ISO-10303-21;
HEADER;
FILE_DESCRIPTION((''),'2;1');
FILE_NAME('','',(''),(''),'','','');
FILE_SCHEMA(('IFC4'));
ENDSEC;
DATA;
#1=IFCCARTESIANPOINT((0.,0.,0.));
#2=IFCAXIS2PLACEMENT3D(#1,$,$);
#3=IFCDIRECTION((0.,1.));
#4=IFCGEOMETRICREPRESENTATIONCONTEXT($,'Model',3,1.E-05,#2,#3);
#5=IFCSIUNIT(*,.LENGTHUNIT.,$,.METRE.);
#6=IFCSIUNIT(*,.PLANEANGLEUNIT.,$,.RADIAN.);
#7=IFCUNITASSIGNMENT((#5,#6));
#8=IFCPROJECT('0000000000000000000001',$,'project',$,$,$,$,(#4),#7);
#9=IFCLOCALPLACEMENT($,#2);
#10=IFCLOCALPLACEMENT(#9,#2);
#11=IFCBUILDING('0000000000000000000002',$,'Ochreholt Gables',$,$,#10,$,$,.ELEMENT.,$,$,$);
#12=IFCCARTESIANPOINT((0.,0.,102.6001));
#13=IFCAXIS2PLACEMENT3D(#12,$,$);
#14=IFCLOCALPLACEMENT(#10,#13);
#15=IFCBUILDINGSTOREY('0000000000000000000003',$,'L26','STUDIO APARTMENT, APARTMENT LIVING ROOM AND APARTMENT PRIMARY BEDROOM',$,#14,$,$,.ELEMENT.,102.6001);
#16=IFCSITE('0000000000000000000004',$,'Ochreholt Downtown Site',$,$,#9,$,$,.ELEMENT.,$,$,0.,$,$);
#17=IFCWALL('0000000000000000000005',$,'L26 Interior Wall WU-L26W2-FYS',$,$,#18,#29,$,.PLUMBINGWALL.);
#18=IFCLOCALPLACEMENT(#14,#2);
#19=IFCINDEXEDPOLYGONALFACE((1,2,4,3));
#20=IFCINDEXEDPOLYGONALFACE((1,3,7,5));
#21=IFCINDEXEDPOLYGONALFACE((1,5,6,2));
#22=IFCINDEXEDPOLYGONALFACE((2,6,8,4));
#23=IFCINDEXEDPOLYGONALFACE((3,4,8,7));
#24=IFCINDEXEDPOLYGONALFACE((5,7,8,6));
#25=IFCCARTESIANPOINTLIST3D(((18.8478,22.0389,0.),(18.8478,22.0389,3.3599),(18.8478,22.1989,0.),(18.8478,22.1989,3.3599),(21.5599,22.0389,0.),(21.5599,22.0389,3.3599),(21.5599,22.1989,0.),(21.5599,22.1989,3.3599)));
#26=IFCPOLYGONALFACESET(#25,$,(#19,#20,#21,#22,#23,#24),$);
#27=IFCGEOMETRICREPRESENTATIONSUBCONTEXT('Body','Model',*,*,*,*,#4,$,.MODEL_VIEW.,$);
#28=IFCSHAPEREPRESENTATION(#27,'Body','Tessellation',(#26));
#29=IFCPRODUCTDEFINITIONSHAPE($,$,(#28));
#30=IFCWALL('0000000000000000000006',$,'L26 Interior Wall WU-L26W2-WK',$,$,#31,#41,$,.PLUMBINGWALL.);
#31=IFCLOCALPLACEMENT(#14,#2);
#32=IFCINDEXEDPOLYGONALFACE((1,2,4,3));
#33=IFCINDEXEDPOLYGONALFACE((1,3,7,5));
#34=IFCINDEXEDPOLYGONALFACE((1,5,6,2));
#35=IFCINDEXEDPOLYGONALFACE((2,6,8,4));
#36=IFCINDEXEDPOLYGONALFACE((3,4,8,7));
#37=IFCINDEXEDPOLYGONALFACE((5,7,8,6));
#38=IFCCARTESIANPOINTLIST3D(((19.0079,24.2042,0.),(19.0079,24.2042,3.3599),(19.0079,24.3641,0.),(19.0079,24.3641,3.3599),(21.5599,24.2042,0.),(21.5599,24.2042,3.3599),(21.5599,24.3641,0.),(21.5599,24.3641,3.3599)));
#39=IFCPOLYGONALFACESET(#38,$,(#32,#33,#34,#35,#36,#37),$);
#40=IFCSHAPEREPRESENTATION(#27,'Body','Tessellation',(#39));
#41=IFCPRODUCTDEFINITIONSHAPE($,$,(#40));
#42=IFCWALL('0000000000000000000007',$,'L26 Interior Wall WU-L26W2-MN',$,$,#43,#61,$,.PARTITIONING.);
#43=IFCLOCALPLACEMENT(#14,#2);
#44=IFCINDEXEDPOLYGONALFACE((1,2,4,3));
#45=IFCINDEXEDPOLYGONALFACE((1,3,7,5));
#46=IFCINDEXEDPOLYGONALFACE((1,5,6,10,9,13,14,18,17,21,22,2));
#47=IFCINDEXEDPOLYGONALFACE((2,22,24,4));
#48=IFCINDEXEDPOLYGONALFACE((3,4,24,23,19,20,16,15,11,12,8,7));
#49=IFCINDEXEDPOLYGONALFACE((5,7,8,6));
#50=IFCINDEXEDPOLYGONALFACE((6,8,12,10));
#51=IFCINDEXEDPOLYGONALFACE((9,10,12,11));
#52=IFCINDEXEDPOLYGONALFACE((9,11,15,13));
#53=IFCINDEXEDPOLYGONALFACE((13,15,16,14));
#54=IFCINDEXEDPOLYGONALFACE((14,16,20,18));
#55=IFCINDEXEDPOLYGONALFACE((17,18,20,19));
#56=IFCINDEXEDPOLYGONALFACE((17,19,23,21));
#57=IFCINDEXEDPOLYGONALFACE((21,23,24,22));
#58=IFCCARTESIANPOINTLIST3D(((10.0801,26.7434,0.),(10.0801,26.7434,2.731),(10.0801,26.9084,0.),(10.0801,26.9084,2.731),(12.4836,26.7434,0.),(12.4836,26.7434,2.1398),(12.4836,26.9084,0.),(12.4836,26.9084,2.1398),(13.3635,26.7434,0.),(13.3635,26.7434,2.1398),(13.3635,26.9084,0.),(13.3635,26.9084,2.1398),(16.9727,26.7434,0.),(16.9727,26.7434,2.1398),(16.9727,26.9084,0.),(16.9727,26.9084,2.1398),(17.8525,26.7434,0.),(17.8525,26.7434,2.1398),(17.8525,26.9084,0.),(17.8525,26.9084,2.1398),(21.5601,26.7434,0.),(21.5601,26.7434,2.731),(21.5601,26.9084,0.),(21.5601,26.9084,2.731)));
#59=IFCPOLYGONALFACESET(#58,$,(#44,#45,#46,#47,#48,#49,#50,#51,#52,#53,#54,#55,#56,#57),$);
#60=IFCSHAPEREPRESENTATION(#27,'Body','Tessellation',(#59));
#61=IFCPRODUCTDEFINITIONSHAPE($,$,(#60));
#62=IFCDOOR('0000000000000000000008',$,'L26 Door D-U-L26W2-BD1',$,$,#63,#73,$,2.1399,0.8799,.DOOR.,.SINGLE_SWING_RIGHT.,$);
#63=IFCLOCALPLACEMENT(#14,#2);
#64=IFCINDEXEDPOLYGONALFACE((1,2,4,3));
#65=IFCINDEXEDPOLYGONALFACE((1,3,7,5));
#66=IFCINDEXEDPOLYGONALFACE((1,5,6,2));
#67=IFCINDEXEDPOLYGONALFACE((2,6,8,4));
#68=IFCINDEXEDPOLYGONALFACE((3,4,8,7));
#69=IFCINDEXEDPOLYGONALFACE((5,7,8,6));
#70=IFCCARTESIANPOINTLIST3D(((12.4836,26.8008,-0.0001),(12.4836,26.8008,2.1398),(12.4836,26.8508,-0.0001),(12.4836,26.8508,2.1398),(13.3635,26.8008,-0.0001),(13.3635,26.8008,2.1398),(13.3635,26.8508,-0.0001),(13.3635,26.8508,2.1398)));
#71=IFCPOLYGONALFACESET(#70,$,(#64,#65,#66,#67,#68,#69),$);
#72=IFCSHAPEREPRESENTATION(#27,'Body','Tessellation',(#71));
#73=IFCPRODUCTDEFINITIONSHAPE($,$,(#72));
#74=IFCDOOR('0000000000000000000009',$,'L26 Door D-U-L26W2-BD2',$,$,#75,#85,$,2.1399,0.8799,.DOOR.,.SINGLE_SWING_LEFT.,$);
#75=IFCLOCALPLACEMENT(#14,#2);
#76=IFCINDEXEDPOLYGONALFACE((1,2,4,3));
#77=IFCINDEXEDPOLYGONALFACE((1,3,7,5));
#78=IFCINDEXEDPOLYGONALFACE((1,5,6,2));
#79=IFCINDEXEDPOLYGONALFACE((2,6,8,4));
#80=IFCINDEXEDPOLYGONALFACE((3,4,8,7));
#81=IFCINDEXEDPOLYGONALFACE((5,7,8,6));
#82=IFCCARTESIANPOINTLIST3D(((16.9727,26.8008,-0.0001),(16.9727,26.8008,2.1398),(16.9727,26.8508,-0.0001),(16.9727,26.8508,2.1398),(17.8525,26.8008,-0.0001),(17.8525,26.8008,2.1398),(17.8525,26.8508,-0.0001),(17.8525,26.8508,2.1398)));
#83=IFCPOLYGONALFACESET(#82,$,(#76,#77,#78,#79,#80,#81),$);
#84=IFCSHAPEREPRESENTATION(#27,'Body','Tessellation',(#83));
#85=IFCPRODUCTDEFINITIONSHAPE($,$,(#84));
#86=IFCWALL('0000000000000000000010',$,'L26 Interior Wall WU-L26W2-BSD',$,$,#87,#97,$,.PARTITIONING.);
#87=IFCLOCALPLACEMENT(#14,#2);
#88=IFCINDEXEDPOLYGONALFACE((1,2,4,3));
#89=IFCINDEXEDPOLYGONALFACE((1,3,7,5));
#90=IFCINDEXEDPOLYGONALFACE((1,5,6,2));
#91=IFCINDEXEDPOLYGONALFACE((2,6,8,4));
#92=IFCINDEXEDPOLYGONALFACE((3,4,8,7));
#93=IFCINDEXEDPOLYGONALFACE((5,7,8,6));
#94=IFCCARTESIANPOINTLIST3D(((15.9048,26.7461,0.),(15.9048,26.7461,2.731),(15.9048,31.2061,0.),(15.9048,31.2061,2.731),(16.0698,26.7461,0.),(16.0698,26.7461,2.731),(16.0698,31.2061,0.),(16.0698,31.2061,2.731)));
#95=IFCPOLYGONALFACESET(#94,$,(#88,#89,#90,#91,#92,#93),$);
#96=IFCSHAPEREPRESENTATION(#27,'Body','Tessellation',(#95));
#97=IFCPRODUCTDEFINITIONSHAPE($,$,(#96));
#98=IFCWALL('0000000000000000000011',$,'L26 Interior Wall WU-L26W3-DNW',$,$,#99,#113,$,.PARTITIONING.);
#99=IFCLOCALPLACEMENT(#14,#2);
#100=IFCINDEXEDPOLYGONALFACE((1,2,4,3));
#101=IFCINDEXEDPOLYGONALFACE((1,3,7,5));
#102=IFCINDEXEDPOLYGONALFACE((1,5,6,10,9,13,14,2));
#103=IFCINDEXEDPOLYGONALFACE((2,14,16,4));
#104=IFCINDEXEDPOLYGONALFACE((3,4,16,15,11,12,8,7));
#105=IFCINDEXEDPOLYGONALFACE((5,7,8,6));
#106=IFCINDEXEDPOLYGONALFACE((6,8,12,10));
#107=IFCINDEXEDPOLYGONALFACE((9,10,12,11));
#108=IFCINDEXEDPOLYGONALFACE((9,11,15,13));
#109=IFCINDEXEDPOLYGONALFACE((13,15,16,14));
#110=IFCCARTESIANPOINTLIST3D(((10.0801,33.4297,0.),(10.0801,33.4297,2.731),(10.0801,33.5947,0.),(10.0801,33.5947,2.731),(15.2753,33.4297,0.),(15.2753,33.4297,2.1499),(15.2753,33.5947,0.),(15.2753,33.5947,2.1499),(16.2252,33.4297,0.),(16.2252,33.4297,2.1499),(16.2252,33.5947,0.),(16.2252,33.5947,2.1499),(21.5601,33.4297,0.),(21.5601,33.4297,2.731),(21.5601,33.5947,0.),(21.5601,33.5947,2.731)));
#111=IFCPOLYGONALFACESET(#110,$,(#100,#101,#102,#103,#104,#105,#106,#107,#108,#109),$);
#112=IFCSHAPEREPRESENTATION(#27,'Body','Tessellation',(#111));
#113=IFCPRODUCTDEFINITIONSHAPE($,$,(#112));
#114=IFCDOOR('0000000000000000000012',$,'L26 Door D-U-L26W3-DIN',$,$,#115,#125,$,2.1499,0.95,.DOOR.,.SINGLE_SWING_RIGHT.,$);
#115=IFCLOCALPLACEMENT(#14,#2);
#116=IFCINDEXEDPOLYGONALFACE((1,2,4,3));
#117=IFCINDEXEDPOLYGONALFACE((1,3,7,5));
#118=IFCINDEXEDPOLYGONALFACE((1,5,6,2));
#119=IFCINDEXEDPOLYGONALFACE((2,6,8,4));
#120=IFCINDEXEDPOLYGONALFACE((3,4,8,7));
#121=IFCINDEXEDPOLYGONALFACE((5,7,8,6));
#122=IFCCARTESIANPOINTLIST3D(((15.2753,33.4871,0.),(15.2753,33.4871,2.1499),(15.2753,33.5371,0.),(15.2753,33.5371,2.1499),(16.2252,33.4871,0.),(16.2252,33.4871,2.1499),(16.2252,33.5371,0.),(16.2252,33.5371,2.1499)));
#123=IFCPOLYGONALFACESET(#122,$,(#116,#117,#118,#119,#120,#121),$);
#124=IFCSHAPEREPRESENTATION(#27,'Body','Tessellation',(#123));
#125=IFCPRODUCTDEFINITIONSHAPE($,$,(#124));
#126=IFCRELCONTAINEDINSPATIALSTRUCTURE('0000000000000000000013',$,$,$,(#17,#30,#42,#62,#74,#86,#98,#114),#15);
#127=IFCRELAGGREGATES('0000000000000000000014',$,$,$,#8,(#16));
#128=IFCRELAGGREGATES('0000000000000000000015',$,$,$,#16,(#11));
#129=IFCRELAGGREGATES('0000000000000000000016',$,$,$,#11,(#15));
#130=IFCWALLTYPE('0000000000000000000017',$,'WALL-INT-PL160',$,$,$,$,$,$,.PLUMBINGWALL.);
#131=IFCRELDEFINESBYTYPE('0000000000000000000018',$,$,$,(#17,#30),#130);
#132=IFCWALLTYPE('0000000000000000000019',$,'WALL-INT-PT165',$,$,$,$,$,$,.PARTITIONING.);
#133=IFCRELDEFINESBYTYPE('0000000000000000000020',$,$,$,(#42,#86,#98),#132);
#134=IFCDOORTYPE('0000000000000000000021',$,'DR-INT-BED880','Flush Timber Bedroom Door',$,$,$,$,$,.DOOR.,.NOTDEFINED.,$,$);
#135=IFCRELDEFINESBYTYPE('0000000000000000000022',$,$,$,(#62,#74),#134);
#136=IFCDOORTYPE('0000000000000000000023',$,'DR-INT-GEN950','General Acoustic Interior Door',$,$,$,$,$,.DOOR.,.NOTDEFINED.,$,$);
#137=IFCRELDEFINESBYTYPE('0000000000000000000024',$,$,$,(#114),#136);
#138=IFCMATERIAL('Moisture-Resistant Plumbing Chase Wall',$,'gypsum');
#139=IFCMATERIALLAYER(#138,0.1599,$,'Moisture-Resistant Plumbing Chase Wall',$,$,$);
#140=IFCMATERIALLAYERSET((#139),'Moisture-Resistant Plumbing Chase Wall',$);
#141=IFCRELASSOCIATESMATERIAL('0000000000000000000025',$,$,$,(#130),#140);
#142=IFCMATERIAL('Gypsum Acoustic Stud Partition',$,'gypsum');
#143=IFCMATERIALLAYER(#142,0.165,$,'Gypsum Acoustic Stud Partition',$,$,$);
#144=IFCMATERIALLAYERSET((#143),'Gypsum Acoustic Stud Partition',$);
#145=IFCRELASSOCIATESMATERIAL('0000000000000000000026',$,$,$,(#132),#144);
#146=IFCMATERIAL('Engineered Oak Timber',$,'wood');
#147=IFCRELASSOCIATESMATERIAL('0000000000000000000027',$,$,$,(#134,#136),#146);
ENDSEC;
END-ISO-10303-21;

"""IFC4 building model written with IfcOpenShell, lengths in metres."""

from ifc_helpers import new_model, si_unit, direction, frame, frame_2d, origin, place, context, subcontext, project, spatial, rectangle, extrude, material, layer, layer_set, type_object, element, fill, save


model = new_model("IFC4")

# Units and contexts
model_context = context("Model", 3, precision=1e-05, world=origin(), true_north=direction((0.0, 1.0)))
body_context = subcontext(model_context, "Body", "Model", "MODEL_VIEW")
ifc_project = project(units=[si_unit("LENGTHUNIT", "METRE"), si_unit("PLANEANGLEUNIT", "RADIAN")], contexts=[model_context])

# Site, building, storey
site_placement = place(None, origin())
site = spatial("IfcSite", under=ifc_project, at=site_placement, Name="Ochreholt Downtown Site", CompositionType="ELEMENT", RefElevation=0.0)
building_placement = place(site_placement, origin())
building = spatial("IfcBuilding", under=site, at=building_placement, Name="Ochreholt Gables", CompositionType="ELEMENT")
storey_placement = place(building_placement, frame((0.0, 0.0, 102.6001)))
storey = spatial("IfcBuildingStorey", under=building, at=storey_placement, Name="L26", Description="STUDIO APARTMENT, APARTMENT LIVING ROOM AND APARTMENT PRIMARY BEDROOM", CompositionType="ELEMENT", Elevation=102.6001)

# Wall
ifc_material_1 = material(Name="Moisture-Resistant Plumbing Chase Wall", Category="gypsum")
ifc_layer_1 = layer(ifc_material_1, 0.1599, Name="Moisture-Resistant Plumbing Chase Wall")
ifc_layer_set_1 = layer_set([ifc_layer_1], Name="Moisture-Resistant Plumbing Chase Wall")
wall_type_1 = type_object("IfcWallType", Name="WALL-INT-PL160", PredefinedType="PLUMBINGWALL", material=ifc_layer_set_1)
wall_1_placement = place(storey_placement, frame((18.8479, 22.1189, 0.0), z_axis=(0.0, 0.0, 1.0), x_axis=(1.0, 0.0, 0.0)))
element("IfcWall", 1, at=wall_1_placement, inside=storey, type_object=wall_type_1, Name="L26 Interior Wall WU-L26W2-FYS", PredefinedType="PLUMBINGWALL", context=body_context, shape_type="SweptSolid", body=[
    extrude(rectangle(XDim=2.7122, YDim=0.1599, at=frame_2d((1.356, 0.0))), origin(), (0.0, 0.0, 1.0), 3.3599),
])

# Shared definitions
ifc_material_2 = material(Name="Engineered Oak Timber", Category="wood")

# Wall
wall_2_placement = place(storey_placement, frame((19.0081, 24.2842, 0.0), z_axis=(0.0, 0.0, 1.0), x_axis=(1.0, 0.0, 0.0)))
element("IfcWall", 2, at=wall_2_placement, inside=storey, type_object=wall_type_1, Name="L26 Interior Wall WU-L26W2-WK", PredefinedType="PLUMBINGWALL", context=body_context, shape_type="SweptSolid", body=[
    extrude(rectangle(XDim=2.552, YDim=0.1599, at=frame_2d((1.2759, 0.0))), origin(), (0.0, 0.0, 1.0), 3.3599),
])

# Wall, openings, doors
ifc_material_3 = material(Name="Gypsum Acoustic Stud Partition", Category="gypsum")
ifc_layer_2 = layer(ifc_material_3, 0.165, Name="Gypsum Acoustic Stud Partition")
ifc_layer_set_2 = layer_set([ifc_layer_2], Name="Gypsum Acoustic Stud Partition")
wall_type_2 = type_object("IfcWallType", Name="WALL-INT-PT165", PredefinedType="PARTITIONING", material=ifc_layer_set_2)
wall_3_placement = place(storey_placement, frame((10.0801, 26.8259, 0.0), z_axis=(0.0, 0.0, 1.0), x_axis=(1.0, 0.0, 0.0)))
wall_3 = element("IfcWall", 3, at=wall_3_placement, inside=storey, type_object=wall_type_2, Name="L26 Interior Wall WU-L26W2-MN", PredefinedType="PARTITIONING", context=body_context, shape_type="SweptSolid", body=[
    extrude(rectangle(XDim=11.48, YDim=0.165, at=frame_2d((5.74, 0.0))), origin(), (0.0, 0.0, 1.0), 2.731),
])
opening_1_placement = place(wall_3_placement, frame((2.4036, 0.0, 0.0)))
opening_1 = element("IfcOpeningElement", 4, at=opening_1_placement, cuts=wall_3, PredefinedType="OPENING", context=body_context, shape_type="SweptSolid", body=[
    extrude(rectangle(XDim=0.8799, YDim=2.1399, at=frame_2d((0.4399, 1.0698))), frame((0.0, 0.0925, 0.0), z_axis=(0.0, -1.0, 0.0), x_axis=(1.0, 0.0, 0.0)), (0.0, 0.0, 1.0), 0.1851),
])
opening_2_placement = place(wall_3_placement, frame((6.8926, 0.0, 0.0)))
opening_2 = element("IfcOpeningElement", 5, at=opening_2_placement, cuts=wall_3, PredefinedType="OPENING", context=body_context, shape_type="SweptSolid", body=[
    extrude(rectangle(XDim=0.8799, YDim=2.1399, at=frame_2d((0.4399, 1.0698))), frame((0.0, 0.0925, 0.0), z_axis=(0.0, -1.0, 0.0), x_axis=(1.0, 0.0, 0.0)), (0.0, 0.0, 1.0), 0.1851),
])
door_type_1 = type_object("IfcDoorType", Name="DR-INT-BED880", Description="Flush Timber Bedroom Door", OperationType="NOTDEFINED", PredefinedType="DOOR", material=ifc_material_2)
door_1_placement = place(opening_1_placement, origin())
door_1 = element("IfcDoor", 6, at=door_1_placement, inside=storey, type_object=door_type_1, Name="L26 Door D-U-L26W2-BD1", OperationType="SINGLE_SWING_RIGHT", OverallHeight=2.1399, OverallWidth=0.8799, PredefinedType="DOOR", context=body_context, shape_type="SweptSolid", body=[
    extrude(rectangle(XDim=0.8799, YDim=2.1399, at=frame_2d((0.4399, 1.0698))), frame((0.0, 0.0249, 0.0), z_axis=(0.0, -1.0, 0.0), x_axis=(1.0, 0.0, 0.0)), (0.0, 0.0, 1.0), 0.05),
])
fill(opening_1, door_1)
door_2_placement = place(opening_2_placement, origin())
door_2 = element("IfcDoor", 7, at=door_2_placement, inside=storey, type_object=door_type_1, Name="L26 Door D-U-L26W2-BD2", OperationType="SINGLE_SWING_LEFT", OverallHeight=2.1399, OverallWidth=0.8799, PredefinedType="DOOR", context=body_context, shape_type="SweptSolid", body=[
    extrude(rectangle(XDim=0.8799, YDim=2.1399, at=frame_2d((0.4399, 1.0698))), frame((0.0, 0.0249, 0.0), z_axis=(0.0, -1.0, 0.0), x_axis=(1.0, 0.0, 0.0)), (0.0, 0.0, 1.0), 0.05),
])
fill(opening_2, door_2)

# Wall
wall_4_placement = place(storey_placement, frame((15.9873, 26.7461, 0.0), z_axis=(0.0, 0.0, 1.0), x_axis=(0.0, 1.0, 0.0)))
element("IfcWall", 8, at=wall_4_placement, inside=storey, type_object=wall_type_2, Name="L26 Interior Wall WU-L26W2-BSD", PredefinedType="PARTITIONING", context=body_context, shape_type="SweptSolid", body=[
    extrude(rectangle(XDim=4.46, YDim=0.165, at=frame_2d((2.23, 0.0))), origin(), (0.0, 0.0, 1.0), 2.731),
])

# Wall, opening, door
wall_5_placement = place(storey_placement, frame((10.0801, 33.5122, 0.0), z_axis=(0.0, 0.0, 1.0), x_axis=(1.0, 0.0, 0.0)))
wall_5 = element("IfcWall", 9, at=wall_5_placement, inside=storey, type_object=wall_type_2, Name="L26 Interior Wall WU-L26W3-DNW", PredefinedType="PARTITIONING", context=body_context, shape_type="SweptSolid", body=[
    extrude(rectangle(XDim=11.48, YDim=0.165, at=frame_2d((5.74, 0.0))), origin(), (0.0, 0.0, 1.0), 2.731),
])
opening_3_placement = place(wall_5_placement, frame((5.1951, 0.0, 0.0)))
opening_3 = element("IfcOpeningElement", 10, at=opening_3_placement, cuts=wall_5, PredefinedType="OPENING", context=body_context, shape_type="SweptSolid", body=[
    extrude(rectangle(XDim=0.95, YDim=2.1499, at=frame_2d((0.4751, 1.075))), frame((0.0, 0.0925, 0.0), z_axis=(0.0, -1.0, 0.0), x_axis=(1.0, 0.0, 0.0)), (0.0, 0.0, 1.0), 0.1851),
])
door_type_2 = type_object("IfcDoorType", Name="DR-INT-GEN950", Description="General Acoustic Interior Door", OperationType="NOTDEFINED", PredefinedType="DOOR", material=ifc_material_2)
door_3_placement = place(opening_3_placement, origin())
door_3 = element("IfcDoor", 11, at=door_3_placement, inside=storey, type_object=door_type_2, Name="L26 Door D-U-L26W3-DIN", OperationType="SINGLE_SWING_RIGHT", OverallHeight=2.1499, OverallWidth=0.95, PredefinedType="DOOR", context=body_context, shape_type="SweptSolid", body=[
    extrude(rectangle(XDim=0.95, YDim=2.1499, at=frame_2d((0.4751, 1.075))), frame((0.0, 0.0249, 0.0), z_axis=(0.0, -1.0, 0.0), x_axis=(1.0, 0.0, 0.0)), (0.0, 0.0, 1.0), 0.05),
])
fill(opening_3, door_3)

save(model, "model.ifc")
